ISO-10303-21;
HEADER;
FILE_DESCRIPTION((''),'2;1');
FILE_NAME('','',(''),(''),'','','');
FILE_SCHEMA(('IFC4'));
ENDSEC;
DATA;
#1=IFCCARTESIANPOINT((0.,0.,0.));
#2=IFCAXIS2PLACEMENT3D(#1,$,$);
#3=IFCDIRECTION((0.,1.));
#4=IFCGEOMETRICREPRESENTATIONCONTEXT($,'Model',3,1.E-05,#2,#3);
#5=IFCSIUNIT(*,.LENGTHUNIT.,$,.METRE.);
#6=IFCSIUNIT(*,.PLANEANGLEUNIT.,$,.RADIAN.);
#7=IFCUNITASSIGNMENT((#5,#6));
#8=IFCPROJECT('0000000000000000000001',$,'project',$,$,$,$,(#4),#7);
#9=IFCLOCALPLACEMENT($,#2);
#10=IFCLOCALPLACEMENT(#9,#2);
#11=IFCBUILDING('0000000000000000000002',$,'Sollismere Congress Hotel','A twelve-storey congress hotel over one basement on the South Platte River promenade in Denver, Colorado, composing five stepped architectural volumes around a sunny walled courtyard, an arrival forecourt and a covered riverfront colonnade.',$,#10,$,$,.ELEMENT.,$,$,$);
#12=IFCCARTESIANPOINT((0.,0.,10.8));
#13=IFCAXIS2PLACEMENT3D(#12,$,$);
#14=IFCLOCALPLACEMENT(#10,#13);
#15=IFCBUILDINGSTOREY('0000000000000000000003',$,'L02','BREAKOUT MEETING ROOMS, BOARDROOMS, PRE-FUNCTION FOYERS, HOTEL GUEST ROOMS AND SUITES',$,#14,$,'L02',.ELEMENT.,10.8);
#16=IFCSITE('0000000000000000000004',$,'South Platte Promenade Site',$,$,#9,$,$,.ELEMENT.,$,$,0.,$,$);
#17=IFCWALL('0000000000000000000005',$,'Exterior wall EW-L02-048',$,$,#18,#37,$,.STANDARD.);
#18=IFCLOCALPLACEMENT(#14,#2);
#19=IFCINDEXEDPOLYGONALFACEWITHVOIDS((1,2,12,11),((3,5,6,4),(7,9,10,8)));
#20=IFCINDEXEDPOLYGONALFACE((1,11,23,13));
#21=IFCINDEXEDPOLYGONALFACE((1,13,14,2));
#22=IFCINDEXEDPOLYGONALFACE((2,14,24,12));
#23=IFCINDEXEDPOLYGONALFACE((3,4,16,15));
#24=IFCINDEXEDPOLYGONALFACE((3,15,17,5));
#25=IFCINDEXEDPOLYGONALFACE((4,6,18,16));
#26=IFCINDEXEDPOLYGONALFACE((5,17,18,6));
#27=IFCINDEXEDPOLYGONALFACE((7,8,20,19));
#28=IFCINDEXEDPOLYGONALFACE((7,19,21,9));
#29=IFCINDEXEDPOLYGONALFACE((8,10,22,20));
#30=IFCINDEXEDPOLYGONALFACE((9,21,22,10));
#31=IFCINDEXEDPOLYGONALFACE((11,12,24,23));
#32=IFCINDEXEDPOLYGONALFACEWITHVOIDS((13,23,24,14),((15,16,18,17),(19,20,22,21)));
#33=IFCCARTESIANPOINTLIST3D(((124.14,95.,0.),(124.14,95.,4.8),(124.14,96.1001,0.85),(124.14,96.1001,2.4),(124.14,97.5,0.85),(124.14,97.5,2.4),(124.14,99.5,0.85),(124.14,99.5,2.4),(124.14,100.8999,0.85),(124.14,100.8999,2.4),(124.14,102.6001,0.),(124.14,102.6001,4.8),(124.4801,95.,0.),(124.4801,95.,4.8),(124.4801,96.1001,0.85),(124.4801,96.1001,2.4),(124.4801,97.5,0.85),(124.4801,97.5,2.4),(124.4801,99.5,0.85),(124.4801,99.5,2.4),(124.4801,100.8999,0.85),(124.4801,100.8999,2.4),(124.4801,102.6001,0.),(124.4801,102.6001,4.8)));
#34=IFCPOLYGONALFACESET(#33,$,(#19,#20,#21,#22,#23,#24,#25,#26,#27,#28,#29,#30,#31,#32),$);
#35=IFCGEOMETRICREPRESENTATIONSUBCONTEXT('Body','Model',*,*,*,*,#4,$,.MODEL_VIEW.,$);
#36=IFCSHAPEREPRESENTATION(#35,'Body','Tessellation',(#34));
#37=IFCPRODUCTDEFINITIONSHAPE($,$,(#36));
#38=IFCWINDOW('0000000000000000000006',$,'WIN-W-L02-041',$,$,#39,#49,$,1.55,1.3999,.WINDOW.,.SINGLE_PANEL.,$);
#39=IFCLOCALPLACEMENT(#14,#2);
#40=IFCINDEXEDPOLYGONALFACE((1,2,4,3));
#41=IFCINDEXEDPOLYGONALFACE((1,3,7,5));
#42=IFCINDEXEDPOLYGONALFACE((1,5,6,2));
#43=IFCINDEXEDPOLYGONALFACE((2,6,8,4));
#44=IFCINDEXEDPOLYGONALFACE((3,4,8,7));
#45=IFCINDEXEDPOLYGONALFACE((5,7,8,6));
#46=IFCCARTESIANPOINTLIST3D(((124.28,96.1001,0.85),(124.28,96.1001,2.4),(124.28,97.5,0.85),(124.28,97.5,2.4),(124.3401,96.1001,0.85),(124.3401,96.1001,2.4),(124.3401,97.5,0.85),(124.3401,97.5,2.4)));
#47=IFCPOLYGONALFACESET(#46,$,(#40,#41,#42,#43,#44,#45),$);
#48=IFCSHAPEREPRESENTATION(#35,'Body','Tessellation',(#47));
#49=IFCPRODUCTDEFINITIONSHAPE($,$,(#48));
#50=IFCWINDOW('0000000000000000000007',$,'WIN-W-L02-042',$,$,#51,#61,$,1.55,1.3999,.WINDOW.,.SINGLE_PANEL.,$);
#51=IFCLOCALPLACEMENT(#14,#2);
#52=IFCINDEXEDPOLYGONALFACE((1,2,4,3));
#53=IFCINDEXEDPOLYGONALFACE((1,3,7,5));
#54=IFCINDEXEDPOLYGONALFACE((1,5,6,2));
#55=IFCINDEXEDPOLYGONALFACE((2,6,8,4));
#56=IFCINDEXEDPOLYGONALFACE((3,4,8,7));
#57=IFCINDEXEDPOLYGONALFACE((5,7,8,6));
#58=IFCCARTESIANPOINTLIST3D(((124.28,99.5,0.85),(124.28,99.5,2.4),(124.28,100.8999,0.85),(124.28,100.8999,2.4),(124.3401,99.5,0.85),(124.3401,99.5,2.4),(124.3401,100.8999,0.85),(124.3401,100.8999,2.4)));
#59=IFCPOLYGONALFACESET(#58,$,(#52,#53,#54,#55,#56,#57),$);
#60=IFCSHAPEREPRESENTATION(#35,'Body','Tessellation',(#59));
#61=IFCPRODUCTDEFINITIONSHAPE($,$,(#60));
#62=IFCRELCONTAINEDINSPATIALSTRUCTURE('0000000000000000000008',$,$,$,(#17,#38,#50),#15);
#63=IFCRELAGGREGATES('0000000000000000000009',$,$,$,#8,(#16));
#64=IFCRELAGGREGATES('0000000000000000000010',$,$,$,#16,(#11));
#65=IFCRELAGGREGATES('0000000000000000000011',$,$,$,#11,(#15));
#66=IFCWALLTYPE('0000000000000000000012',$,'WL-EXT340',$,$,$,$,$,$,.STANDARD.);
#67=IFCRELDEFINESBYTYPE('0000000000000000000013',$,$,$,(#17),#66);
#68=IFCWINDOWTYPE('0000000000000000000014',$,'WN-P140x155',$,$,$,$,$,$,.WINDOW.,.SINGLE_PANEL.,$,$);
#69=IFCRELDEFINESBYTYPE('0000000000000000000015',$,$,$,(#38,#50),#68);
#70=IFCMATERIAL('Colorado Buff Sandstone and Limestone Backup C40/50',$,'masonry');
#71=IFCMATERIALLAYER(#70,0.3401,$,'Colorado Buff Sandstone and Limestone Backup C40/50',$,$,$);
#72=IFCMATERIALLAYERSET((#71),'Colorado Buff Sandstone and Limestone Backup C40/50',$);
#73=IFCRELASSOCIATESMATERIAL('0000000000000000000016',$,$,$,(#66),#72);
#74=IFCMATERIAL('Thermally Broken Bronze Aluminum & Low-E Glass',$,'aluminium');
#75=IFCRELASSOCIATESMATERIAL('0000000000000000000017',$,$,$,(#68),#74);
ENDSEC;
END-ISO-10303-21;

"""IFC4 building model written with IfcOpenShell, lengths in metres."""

from ifc_helpers import new_model, si_unit, direction, frame, frame_2d, origin, place, context, subcontext, project, spatial, rectangle, extrude, material, layer, layer_set, type_object, element, fill, save


model = new_model("IFC4")

# Units and contexts
model_context = context("Model", 3, precision=1e-05, world=origin(), true_north=direction((0.0, 1.0)))
body_context = subcontext(model_context, "Body", "Model", "MODEL_VIEW")
ifc_project = project(units=[si_unit("LENGTHUNIT", "METRE"), si_unit("PLANEANGLEUNIT", "RADIAN")], contexts=[model_context])

# Site, building, storey
site_placement = place(None, origin())
site = spatial("IfcSite", under=ifc_project, at=site_placement, Name="South Platte Promenade Site", CompositionType="ELEMENT", RefElevation=0.0)
building_placement = place(site_placement, origin())
building = spatial("IfcBuilding", under=site, at=building_placement, Name="Sollismere Congress Hotel", Description="A twelve-storey congress hotel over one basement on the South Platte River promenade in Denver, Colorado, composing five stepped architectural volumes around a sunny walled courtyard, an arrival forecourt and a covered riverfront colonnade.", CompositionType="ELEMENT")
storey_placement = place(building_placement, frame((0.0, 0.0, 10.8)))
storey = spatial("IfcBuildingStorey", under=building, at=storey_placement, Name="L02", Description="BREAKOUT MEETING ROOMS, BOARDROOMS, PRE-FUNCTION FOYERS, HOTEL GUEST ROOMS AND SUITES", LongName="L02", CompositionType="ELEMENT", Elevation=10.8)

# Shared definitions
ifc_material_1 = material(Name="Thermally Broken Bronze Aluminum & Low-E Glass", Category="aluminium")

# Wall, openings, windows
ifc_material_2 = material(Name="Colorado Buff Sandstone and Limestone Backup C40/50", Category="masonry")
ifc_layer_1 = layer(ifc_material_2, 0.3401, Name="Colorado Buff Sandstone and Limestone Backup C40/50")
ifc_layer_set_1 = layer_set([ifc_layer_1], Name="Colorado Buff Sandstone and Limestone Backup C40/50")
wall_type_1 = type_object("IfcWallType", Name="WL-EXT340", PredefinedType="STANDARD", material=ifc_layer_set_1)
wall_1_placement = place(storey_placement, frame((124.3101, 95.0, 0.0), z_axis=(0.0, 0.0, 1.0), x_axis=(0.0, 1.0, 0.0)))
wall_1 = element("IfcWall", 1, at=wall_1_placement, inside=storey, type_object=wall_type_1, Name="Exterior wall EW-L02-048", PredefinedType="STANDARD", context=body_context, shape_type="SweptSolid", body=[
    extrude(rectangle(XDim=7.6001, YDim=0.3401, at=frame_2d((3.8, 0.0))), origin(), (0.0, 0.0, 1.0), 4.8),
])
opening_1_placement = place(wall_1_placement, frame((1.1001, 0.0, 0.8501)))
opening_1 = element("IfcOpeningElement", 2, at=opening_1_placement, cuts=wall_1, PredefinedType="OPENING", context=body_context, shape_type="SweptSolid", body=[
    extrude(rectangle(XDim=1.3999, YDim=1.55, at=frame_2d((0.7, 0.7749))), frame((0.0, 0.1799, 0.0), z_axis=(0.0, -1.0, 0.0), x_axis=(1.0, 0.0, 0.0)), (0.0, 0.0, 1.0), 0.3601),
])
opening_2_placement = place(wall_1_placement, frame((4.5, 0.0, 0.8501)))
opening_2 = element("IfcOpeningElement", 3, at=opening_2_placement, cuts=wall_1, PredefinedType="OPENING", context=body_context, shape_type="SweptSolid", body=[
    extrude(rectangle(XDim=1.3999, YDim=1.55, at=frame_2d((0.7, 0.7749))), frame((0.0, 0.1799, 0.0), z_axis=(0.0, -1.0, 0.0), x_axis=(1.0, 0.0, 0.0)), (0.0, 0.0, 1.0), 0.3601),
])
window_type_1 = type_object("IfcWindowType", Name="WN-P140x155", PartitioningType="SINGLE_PANEL", PredefinedType="WINDOW", material=ifc_material_1)
window_1_placement = place(opening_1_placement, origin())
window_1 = element("IfcWindow", 4, at=window_1_placement, inside=storey, type_object=window_type_1, Name="WIN-W-L02-041", OverallHeight=1.55, OverallWidth=1.3999, PartitioningType="SINGLE_PANEL", PredefinedType="WINDOW", context=body_context, shape_type="SweptSolid", body=[
    extrude(rectangle(XDim=1.3999, YDim=1.55, at=frame_2d((0.7, 0.7749))), frame((0.0, 0.03, 0.0), z_axis=(0.0, -1.0, 0.0), x_axis=(1.0, 0.0, 0.0)), (0.0, 0.0, 1.0), 0.0601),
])
fill(opening_1, window_1)
window_2_placement = place(opening_2_placement, origin())
window_2 = element("IfcWindow", 5, at=window_2_placement, inside=storey, type_object=window_type_1, Name="WIN-W-L02-042", OverallHeight=1.55, OverallWidth=1.3999, PartitioningType="SINGLE_PANEL", PredefinedType="WINDOW", context=body_context, shape_type="SweptSolid", body=[
    extrude(rectangle(XDim=1.3999, YDim=1.55, at=frame_2d((0.7, 0.7749))), frame((0.0, 0.03, 0.0), z_axis=(0.0, -1.0, 0.0), x_axis=(1.0, 0.0, 0.0)), (0.0, 0.0, 1.0), 0.0601),
])
fill(opening_2, window_2)

save(model, "model.ifc")
